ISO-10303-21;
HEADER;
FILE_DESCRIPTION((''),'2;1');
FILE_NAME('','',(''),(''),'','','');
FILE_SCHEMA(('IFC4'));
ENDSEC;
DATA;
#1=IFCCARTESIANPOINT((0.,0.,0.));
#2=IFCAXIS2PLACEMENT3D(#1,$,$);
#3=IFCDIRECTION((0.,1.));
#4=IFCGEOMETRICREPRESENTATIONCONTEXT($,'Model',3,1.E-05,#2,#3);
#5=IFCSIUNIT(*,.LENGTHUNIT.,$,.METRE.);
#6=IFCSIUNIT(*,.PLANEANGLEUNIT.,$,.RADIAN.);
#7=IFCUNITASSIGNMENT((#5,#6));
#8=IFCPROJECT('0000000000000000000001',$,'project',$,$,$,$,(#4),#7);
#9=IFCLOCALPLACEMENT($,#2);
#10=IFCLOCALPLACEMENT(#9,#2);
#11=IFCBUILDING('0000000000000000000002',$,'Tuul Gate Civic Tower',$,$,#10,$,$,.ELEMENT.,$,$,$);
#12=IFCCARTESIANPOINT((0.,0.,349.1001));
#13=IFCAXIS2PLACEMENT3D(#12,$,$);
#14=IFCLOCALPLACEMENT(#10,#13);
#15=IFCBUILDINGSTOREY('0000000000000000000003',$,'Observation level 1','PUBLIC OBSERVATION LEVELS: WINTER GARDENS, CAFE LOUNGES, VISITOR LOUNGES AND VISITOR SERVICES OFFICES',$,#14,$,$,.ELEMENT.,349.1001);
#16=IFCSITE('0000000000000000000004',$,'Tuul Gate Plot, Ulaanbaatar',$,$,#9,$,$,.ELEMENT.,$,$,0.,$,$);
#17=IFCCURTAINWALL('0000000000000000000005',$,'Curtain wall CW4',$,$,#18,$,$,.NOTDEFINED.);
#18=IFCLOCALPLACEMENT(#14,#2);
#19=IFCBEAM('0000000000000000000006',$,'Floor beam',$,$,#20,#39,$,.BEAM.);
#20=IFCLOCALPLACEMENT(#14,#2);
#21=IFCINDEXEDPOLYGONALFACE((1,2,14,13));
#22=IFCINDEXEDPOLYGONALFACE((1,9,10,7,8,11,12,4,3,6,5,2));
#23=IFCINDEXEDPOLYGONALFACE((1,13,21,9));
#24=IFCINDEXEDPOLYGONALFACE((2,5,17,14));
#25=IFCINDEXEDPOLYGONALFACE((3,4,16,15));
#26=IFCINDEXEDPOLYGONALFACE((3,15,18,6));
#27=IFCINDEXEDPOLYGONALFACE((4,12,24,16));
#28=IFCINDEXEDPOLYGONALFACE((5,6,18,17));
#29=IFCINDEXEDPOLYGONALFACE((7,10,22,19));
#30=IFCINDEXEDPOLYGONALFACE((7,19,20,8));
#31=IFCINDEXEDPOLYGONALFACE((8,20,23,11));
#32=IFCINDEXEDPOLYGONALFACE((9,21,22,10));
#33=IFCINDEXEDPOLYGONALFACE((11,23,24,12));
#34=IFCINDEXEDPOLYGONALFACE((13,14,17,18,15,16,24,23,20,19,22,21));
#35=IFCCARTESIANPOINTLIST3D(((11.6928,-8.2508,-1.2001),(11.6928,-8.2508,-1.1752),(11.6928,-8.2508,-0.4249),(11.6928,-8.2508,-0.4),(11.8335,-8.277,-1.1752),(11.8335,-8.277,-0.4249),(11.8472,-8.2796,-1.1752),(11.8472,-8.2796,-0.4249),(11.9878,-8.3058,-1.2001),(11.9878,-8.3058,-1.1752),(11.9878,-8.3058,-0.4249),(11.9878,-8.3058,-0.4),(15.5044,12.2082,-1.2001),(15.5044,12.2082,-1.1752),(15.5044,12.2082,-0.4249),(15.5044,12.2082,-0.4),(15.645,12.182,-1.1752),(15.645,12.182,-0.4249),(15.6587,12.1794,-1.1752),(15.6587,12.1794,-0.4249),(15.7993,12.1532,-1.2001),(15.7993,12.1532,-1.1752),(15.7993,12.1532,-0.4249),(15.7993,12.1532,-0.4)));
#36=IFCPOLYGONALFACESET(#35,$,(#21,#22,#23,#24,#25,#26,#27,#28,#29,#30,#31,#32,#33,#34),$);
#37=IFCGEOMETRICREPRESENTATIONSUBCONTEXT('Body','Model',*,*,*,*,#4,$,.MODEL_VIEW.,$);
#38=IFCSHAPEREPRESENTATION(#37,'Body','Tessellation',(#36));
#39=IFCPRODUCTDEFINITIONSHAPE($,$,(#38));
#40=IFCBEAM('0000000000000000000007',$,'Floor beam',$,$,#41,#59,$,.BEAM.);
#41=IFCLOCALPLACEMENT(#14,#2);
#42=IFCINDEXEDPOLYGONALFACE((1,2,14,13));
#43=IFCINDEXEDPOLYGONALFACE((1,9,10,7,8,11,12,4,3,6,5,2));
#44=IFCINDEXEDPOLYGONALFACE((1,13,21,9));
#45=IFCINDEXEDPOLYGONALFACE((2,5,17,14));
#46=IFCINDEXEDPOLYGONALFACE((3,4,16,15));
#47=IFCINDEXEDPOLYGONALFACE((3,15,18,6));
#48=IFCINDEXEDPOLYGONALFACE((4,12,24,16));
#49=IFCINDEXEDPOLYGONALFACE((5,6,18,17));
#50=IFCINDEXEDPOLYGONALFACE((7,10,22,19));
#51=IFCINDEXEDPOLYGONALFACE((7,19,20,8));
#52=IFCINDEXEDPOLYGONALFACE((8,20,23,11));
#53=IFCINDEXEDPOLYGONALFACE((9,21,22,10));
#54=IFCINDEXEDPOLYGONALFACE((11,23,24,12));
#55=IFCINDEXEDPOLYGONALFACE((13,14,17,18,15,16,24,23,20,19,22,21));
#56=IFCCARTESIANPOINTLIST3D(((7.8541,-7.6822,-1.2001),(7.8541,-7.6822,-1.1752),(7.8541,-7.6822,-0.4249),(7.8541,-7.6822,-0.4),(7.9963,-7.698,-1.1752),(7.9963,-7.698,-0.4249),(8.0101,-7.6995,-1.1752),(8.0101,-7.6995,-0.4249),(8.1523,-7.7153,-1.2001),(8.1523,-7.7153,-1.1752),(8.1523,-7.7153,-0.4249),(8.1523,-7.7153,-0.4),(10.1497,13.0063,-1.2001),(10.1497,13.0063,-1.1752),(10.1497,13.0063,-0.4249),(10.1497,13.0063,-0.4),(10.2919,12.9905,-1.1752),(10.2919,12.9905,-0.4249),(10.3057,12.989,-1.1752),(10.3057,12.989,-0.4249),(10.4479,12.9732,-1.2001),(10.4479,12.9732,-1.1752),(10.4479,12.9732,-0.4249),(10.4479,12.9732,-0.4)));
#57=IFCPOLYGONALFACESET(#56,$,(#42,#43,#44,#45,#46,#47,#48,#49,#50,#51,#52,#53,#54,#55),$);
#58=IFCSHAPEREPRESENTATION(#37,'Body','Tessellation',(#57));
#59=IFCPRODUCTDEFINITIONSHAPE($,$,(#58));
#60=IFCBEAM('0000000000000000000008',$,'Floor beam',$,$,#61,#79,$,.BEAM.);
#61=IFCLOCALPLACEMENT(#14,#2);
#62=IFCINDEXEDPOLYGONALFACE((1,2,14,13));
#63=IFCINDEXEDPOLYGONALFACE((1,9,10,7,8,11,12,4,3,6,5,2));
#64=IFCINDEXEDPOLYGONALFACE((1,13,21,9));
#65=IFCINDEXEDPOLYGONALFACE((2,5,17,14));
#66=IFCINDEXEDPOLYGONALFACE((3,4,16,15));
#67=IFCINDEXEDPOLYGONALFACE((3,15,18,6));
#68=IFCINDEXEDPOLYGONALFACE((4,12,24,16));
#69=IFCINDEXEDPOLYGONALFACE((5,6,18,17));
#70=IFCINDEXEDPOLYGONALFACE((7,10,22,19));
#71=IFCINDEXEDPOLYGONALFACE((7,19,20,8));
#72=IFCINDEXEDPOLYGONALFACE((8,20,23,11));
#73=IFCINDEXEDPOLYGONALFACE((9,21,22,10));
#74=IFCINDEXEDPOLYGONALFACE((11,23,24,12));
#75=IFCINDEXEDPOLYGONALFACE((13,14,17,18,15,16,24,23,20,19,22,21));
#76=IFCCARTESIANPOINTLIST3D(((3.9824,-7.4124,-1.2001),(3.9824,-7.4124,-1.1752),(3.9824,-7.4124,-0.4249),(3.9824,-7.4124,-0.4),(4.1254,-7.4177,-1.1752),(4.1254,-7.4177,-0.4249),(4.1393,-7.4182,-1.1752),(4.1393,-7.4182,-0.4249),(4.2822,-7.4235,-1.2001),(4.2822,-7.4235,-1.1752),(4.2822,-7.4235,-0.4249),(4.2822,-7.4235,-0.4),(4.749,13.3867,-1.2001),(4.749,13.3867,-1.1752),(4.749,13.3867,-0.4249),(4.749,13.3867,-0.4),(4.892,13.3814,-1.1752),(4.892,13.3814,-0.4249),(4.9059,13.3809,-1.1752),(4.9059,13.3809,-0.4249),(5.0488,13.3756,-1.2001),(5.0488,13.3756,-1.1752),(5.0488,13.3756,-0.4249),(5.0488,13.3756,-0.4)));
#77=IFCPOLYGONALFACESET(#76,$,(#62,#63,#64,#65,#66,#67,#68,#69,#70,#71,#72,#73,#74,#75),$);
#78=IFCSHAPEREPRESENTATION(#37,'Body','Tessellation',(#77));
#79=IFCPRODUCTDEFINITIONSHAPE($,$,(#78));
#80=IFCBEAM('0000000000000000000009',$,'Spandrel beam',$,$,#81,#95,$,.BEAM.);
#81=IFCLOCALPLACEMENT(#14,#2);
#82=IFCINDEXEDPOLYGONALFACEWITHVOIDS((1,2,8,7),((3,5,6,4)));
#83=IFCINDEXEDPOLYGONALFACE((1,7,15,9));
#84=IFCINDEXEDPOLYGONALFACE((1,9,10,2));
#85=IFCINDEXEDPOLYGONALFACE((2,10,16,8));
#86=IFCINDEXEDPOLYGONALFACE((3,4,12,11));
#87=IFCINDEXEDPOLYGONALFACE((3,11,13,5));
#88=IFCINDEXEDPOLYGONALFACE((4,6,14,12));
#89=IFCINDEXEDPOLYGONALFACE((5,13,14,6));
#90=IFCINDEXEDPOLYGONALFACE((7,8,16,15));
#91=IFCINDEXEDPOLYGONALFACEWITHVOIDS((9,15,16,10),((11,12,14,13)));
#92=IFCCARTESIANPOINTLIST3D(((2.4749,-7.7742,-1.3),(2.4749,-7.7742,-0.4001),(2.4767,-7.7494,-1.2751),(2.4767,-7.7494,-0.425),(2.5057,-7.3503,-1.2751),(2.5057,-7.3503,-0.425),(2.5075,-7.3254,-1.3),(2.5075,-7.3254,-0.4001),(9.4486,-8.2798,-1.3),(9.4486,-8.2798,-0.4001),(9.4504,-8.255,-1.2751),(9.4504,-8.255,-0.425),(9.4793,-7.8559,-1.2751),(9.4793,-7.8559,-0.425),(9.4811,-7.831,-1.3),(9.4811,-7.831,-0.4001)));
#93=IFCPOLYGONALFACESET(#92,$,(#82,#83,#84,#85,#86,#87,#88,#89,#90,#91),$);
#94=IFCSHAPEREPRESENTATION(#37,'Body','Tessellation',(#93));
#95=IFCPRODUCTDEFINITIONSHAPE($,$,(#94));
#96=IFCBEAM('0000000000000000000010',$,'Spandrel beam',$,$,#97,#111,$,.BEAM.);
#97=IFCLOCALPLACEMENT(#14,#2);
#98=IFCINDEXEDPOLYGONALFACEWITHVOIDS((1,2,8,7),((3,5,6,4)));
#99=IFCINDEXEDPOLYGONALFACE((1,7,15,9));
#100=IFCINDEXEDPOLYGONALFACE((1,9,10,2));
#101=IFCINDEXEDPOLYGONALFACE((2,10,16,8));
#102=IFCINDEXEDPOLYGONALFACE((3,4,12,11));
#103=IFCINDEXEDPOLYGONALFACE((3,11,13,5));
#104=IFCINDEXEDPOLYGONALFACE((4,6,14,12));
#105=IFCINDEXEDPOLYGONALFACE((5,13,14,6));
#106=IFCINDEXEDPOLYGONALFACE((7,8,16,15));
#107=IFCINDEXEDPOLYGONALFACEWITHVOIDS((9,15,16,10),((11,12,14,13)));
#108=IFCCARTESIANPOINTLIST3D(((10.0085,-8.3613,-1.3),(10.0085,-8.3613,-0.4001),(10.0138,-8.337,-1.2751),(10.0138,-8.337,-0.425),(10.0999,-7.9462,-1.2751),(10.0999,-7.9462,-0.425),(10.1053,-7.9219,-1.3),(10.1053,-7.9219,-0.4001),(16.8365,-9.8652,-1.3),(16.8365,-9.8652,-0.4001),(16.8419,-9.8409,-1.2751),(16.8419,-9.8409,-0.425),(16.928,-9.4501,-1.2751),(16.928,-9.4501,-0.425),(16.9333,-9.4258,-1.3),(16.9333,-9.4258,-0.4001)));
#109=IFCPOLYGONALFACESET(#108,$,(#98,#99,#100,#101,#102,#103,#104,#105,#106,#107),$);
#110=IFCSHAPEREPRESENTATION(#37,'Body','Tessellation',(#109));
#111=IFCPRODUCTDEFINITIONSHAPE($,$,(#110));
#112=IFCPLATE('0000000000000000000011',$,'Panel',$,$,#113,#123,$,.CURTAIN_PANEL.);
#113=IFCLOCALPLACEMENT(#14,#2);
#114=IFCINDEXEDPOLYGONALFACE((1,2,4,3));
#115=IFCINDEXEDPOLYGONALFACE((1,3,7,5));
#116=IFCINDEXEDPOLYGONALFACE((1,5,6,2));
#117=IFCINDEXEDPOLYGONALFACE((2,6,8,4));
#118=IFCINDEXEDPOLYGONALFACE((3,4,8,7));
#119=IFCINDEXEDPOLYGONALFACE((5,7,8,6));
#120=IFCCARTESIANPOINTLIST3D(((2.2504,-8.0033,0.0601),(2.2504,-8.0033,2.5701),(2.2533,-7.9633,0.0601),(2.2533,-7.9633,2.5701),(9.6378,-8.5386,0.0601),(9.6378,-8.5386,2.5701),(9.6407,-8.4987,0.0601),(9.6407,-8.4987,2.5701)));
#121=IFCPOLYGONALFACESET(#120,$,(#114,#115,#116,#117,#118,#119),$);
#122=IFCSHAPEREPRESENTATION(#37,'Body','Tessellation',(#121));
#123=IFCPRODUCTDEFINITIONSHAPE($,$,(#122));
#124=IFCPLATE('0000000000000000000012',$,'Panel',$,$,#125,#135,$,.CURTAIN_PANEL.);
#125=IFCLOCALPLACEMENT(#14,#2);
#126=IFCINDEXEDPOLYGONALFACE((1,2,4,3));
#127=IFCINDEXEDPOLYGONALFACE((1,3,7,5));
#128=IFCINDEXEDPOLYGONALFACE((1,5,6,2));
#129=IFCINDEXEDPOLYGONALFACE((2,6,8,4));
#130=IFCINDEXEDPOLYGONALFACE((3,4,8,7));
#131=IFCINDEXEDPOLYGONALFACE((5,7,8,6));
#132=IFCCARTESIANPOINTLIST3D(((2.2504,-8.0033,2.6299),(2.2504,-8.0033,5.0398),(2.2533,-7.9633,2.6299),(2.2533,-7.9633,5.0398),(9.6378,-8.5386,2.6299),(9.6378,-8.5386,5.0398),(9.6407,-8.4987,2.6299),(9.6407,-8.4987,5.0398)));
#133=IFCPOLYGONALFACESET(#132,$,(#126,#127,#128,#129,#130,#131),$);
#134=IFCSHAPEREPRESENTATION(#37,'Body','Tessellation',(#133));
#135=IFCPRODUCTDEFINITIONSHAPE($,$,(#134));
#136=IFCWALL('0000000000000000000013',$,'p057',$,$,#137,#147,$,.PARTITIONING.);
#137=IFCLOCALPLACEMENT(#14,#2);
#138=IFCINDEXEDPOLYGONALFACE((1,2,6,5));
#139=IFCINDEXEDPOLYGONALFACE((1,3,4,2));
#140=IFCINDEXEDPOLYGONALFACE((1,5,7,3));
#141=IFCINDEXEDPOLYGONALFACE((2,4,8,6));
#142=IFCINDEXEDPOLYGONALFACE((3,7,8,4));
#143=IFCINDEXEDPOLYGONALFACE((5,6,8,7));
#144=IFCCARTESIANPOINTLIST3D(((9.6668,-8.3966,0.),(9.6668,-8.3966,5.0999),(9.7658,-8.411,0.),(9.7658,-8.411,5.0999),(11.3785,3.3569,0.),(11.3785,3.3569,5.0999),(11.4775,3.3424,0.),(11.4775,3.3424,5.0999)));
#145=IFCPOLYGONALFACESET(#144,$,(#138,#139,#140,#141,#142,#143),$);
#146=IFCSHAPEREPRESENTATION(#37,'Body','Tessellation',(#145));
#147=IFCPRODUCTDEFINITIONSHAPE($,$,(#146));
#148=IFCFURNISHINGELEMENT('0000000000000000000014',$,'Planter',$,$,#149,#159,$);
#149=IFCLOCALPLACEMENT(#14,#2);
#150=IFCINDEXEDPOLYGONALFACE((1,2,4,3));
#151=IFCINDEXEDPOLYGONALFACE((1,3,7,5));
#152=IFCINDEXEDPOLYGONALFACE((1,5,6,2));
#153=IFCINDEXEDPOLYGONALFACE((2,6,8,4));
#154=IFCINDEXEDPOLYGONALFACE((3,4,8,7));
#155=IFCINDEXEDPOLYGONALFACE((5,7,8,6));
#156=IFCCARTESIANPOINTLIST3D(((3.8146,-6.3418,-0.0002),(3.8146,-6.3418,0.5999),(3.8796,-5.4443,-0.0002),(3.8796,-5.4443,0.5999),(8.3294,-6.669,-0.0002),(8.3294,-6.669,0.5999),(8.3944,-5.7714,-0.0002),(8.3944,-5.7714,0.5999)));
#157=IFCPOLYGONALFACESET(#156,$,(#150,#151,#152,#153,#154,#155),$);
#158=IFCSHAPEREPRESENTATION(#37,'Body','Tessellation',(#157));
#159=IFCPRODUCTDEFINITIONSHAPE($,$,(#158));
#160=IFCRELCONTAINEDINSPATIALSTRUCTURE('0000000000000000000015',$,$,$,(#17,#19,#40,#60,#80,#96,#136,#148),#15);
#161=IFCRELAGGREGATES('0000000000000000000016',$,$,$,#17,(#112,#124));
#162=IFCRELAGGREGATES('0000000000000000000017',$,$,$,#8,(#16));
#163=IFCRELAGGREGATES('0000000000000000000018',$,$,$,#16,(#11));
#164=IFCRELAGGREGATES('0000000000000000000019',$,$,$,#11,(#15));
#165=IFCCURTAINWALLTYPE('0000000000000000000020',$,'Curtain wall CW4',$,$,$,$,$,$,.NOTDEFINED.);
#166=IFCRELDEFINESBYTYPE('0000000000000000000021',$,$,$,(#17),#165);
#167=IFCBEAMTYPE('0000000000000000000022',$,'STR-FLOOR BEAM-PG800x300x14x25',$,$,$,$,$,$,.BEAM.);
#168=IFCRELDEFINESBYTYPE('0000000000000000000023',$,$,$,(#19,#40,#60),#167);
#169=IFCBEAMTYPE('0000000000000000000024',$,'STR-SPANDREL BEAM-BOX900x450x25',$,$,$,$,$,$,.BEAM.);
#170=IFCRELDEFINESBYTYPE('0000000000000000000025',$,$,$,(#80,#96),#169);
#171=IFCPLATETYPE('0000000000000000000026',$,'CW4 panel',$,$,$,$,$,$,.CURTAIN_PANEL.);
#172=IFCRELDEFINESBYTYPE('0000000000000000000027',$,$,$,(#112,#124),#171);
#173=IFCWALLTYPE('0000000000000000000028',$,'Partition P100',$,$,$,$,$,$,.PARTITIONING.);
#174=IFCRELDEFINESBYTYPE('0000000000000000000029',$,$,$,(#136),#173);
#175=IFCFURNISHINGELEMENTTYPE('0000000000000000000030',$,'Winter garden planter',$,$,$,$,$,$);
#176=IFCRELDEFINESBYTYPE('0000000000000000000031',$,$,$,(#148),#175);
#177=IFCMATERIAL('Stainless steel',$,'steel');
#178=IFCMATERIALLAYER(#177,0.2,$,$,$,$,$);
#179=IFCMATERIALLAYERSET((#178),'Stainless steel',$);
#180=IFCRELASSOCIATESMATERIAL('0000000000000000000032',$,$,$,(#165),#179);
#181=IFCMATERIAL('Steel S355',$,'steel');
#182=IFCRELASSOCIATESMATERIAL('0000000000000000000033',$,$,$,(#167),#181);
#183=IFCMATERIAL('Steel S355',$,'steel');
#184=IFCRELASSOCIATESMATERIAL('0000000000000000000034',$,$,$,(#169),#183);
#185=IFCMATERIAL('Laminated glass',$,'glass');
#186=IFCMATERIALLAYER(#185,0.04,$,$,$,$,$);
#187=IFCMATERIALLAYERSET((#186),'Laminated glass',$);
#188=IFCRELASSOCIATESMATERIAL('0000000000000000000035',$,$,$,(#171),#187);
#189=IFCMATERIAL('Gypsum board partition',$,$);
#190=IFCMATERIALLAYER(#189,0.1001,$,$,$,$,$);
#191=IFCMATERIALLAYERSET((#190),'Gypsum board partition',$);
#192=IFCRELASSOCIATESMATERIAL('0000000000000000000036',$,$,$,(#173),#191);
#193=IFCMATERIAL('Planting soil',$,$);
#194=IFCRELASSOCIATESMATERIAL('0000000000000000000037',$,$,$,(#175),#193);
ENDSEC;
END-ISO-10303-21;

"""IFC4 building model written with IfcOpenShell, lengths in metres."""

from ifc_helpers import new_model, si_unit, direction, frame, frame_2d, origin, origin_2d, place, context, subcontext, project, spatial, rectangle, hollow_rectangle, i_section, extrude, material, layer, layer_set, material_profile, profile_set, type_object, element, aggregate, save


model = new_model("IFC4")

# Units and contexts
model_context = context("Model", 3, precision=1e-05, world=origin(), true_north=direction((0.0, 1.0)))
body_context = subcontext(model_context, "Body", "Model", "MODEL_VIEW")
ifc_project = project(units=[si_unit("LENGTHUNIT", "METRE"), si_unit("PLANEANGLEUNIT", "RADIAN")], contexts=[model_context])

# Site, building, storey
site_placement = place(None, origin())
site = spatial("IfcSite", under=ifc_project, at=site_placement, Name="Tuul Gate Plot, Ulaanbaatar", CompositionType="ELEMENT", RefElevation=0.0)
building_placement = place(site_placement, origin())
building = spatial("IfcBuilding", under=site, at=building_placement, Name="Tuul Gate Civic Tower", CompositionType="ELEMENT")
storey_placement = place(building_placement, frame((0.0, 0.0, 349.1001)))
storey = spatial("IfcBuildingStorey", under=building, at=storey_placement, Name="Observation level 1", Description="PUBLIC OBSERVATION LEVELS: WINTER GARDENS, CAFE LOUNGES, VISITOR LOUNGES AND VISITOR SERVICES OFFICES", CompositionType="ELEMENT", Elevation=349.1001)

# Curtain wall
ifc_material_1 = material(Name="Stainless steel", Category="steel")
ifc_layer_1 = layer(ifc_material_1, 0.2)
ifc_layer_set_1 = layer_set([ifc_layer_1], Name="Stainless steel")
curtain_wall_type = type_object("IfcCurtainWallType", Name="Curtain wall CW4", PredefinedType="NOTDEFINED", material=ifc_layer_set_1)
curtain_wall_1_placement = place(storey_placement, origin())
curtain_wall_1 = element("IfcCurtainWall", 1, at=curtain_wall_1_placement, inside=storey, type_object=curtain_wall_type, Name="Curtain wall CW4", PredefinedType="NOTDEFINED")

# Beams
ifc_material_2 = material(Name="Steel S355", Category="steel")
ifc_material_profile_1 = material_profile(ifc_material_2, i_section(OverallWidth=0.3, OverallDepth=0.8, WebThickness=0.0139, FlangeThickness=0.0249, at=origin_2d()), Name="PG800x300x14x25")
ifc_profile_set_1 = profile_set([ifc_material_profile_1], Name="Steel S355")
beam_type_1 = type_object("IfcBeamType", Name="STR-FLOOR BEAM-PG800x300x14x25", PredefinedType="BEAM", material=ifc_profile_set_1)
beam_1_placement = place(storey_placement, frame((11.8403, -8.2783, -0.8), z_axis=(0.183149, 0.983085, 0.0), x_axis=(-0.983085, 0.183149, 0.0)))
element("IfcBeam", 2, at=beam_1_placement, inside=storey, type_object=beam_type_1, Name="Floor beam", PredefinedType="BEAM", context=body_context, shape_type="SweptSolid", body=[
    extrude(i_section(OverallWidth=0.3, OverallDepth=0.8, WebThickness=0.0139, FlangeThickness=0.0249, at=origin_2d()), origin(), (0.0, 0.0, 1.0), 20.811),
])
beam_2_placement = place(storey_placement, frame((8.0032, -7.6987, -0.8), z_axis=(0.110286, 0.9939, 0.0), x_axis=(-0.9939, 0.110286, 0.0)))
element("IfcBeam", 3, at=beam_2_placement, inside=storey, type_object=beam_type_1, Name="Floor beam", PredefinedType="BEAM", context=body_context, shape_type="SweptSolid", body=[
    extrude(i_section(OverallWidth=0.3, OverallDepth=0.8, WebThickness=0.0139, FlangeThickness=0.0249, at=origin_2d()), origin(), (0.0, 0.0, 1.0), 20.8154),
])
beam_3_placement = place(storey_placement, frame((4.1323, -7.418, -0.8), z_axis=(0.036832, 0.999321, 0.0), x_axis=(-0.999321, 0.036832, 0.0)))
element("IfcBeam", 4, at=beam_3_placement, inside=storey, type_object=beam_type_1, Name="Floor beam", PredefinedType="BEAM", context=body_context, shape_type="SweptSolid", body=[
    extrude(i_section(OverallWidth=0.3, OverallDepth=0.8, WebThickness=0.0139, FlangeThickness=0.0249, at=origin_2d()), origin(), (0.0, 0.0, 1.0), 20.8132),
])
ifc_material_3 = material(Name="Steel S355", Category="steel")
ifc_material_profile_2 = material_profile(ifc_material_3, hollow_rectangle(XDim=0.45, YDim=0.8999, WallThickness=0.0249, at=origin_2d()), Name="BOX900x450x25")
ifc_profile_set_2 = profile_set([ifc_material_profile_2], Name="Steel S355")
beam_type_2 = type_object("IfcBeamType", Name="STR-SPANDREL BEAM-BOX900x450x25", PredefinedType="BEAM", material=ifc_profile_set_2)
beam_4_placement = place(storey_placement, frame((2.4912, -7.5498, -0.8501), z_axis=(0.997382, -0.072314, 0.0), x_axis=(0.072314, 0.997382, 0.0)))
element("IfcBeam", 5, at=beam_4_placement, inside=storey, type_object=beam_type_2, Name="Spandrel beam", PredefinedType="BEAM", context=body_context, shape_type="SweptSolid", body=[
    extrude(hollow_rectangle(XDim=0.45, YDim=0.8999, WallThickness=0.0249, at=origin_2d()), origin(), (0.0, 0.0, 1.0), 6.9919),
])
beam_5_placement = place(storey_placement, frame((10.0569, -8.1416, -0.8501), z_axis=(0.976593, -0.215096, 0.0), x_axis=(0.215096, 0.976593, 0.0)))
element("IfcBeam", 6, at=beam_5_placement, inside=storey, type_object=beam_type_2, Name="Spandrel beam", PredefinedType="BEAM", context=body_context, shape_type="SweptSolid", body=[
    extrude(hollow_rectangle(XDim=0.45, YDim=0.8999, WallThickness=0.0249, at=origin_2d()), origin(), (0.0, 0.0, 1.0), 6.9917),
])

# Plates
ifc_material_4 = material(Name="Laminated glass", Category="glass")
ifc_layer_2 = layer(ifc_material_4, 0.04)
ifc_layer_set_2 = layer_set([ifc_layer_2], Name="Laminated glass")
plate_type = type_object("IfcPlateType", Name="CW4 panel", PredefinedType="CURTAIN_PANEL", material=ifc_layer_set_2)
plate_1_placement = place(storey_placement, frame((5.9456, -8.251, 0.0601), z_axis=(0.0, 0.0, 1.0), x_axis=(0.997385, -0.072276, 0.0)))
plate_1 = element("IfcPlate", 7, at=plate_1_placement, type_object=plate_type, Name="Panel", PredefinedType="CURTAIN_PANEL", context=body_context, shape_type="SweptSolid", body=[
    extrude(rectangle(XDim=7.4067, YDim=0.04, at=origin_2d()), origin(), (0.0, 0.0, 1.0), 2.51),
])
plate_2_placement = place(storey_placement, frame((5.9456, -8.251, 2.6299), z_axis=(0.0, 0.0, 1.0), x_axis=(0.997385, -0.072276, 0.0)))
plate_2 = element("IfcPlate", 8, at=plate_2_placement, type_object=plate_type, Name="Panel", PredefinedType="CURTAIN_PANEL", context=body_context, shape_type="SweptSolid", body=[
    extrude(rectangle(XDim=7.4067, YDim=0.04, at=origin_2d()), origin(), (0.0, 0.0, 1.0), 2.4099),
])
aggregate(curtain_wall_1, [plate_1, plate_2])

# Wall
ifc_material_5 = material(Name="Gypsum board partition")
ifc_layer_3 = layer(ifc_material_5, 0.1001)
ifc_layer_set_3 = layer_set([ifc_layer_3], Name="Gypsum board partition")
wall_type = type_object("IfcWallType", Name="Partition P100", PredefinedType="PARTITIONING", material=ifc_layer_set_3)
wall_placement = place(storey_placement, frame((9.7163, -8.4038, 0.0), z_axis=(0.0, 0.0, 1.0), x_axis=(0.144111, 0.989561, 0.0)))
element("IfcWall", 9, at=wall_placement, inside=storey, type_object=wall_type, Name="p057", PredefinedType="PARTITIONING", context=body_context, shape_type="SweptSolid", body=[
    extrude(rectangle(XDim=11.8774, YDim=0.1001, at=frame_2d((5.9387, 0.0))), origin(), (0.0, 0.0, 1.0), 5.0999),
])

# Furnishing element
ifc_material_6 = material(Name="Planting soil")
furnishing_element_type = type_object("IfcFurnishingElementType", Name="Winter garden planter", material=ifc_material_6)
furnishing_placement = place(storey_placement, frame((6.1045, -6.0566, -0.0002), z_axis=(0.0, 0.0, 1.0), x_axis=(0.997385, -0.072276, 0.0)))
element("IfcFurnishingElement", 10, at=furnishing_placement, inside=storey, type_object=furnishing_element_type, Name="Planter", context=body_context, shape_type="SweptSolid", body=[
    extrude(rectangle(XDim=4.5266, YDim=0.8999, at=origin_2d()), origin(), (0.0, 0.0, 1.0), 0.6001),
])

save(model, "model.ifc")
